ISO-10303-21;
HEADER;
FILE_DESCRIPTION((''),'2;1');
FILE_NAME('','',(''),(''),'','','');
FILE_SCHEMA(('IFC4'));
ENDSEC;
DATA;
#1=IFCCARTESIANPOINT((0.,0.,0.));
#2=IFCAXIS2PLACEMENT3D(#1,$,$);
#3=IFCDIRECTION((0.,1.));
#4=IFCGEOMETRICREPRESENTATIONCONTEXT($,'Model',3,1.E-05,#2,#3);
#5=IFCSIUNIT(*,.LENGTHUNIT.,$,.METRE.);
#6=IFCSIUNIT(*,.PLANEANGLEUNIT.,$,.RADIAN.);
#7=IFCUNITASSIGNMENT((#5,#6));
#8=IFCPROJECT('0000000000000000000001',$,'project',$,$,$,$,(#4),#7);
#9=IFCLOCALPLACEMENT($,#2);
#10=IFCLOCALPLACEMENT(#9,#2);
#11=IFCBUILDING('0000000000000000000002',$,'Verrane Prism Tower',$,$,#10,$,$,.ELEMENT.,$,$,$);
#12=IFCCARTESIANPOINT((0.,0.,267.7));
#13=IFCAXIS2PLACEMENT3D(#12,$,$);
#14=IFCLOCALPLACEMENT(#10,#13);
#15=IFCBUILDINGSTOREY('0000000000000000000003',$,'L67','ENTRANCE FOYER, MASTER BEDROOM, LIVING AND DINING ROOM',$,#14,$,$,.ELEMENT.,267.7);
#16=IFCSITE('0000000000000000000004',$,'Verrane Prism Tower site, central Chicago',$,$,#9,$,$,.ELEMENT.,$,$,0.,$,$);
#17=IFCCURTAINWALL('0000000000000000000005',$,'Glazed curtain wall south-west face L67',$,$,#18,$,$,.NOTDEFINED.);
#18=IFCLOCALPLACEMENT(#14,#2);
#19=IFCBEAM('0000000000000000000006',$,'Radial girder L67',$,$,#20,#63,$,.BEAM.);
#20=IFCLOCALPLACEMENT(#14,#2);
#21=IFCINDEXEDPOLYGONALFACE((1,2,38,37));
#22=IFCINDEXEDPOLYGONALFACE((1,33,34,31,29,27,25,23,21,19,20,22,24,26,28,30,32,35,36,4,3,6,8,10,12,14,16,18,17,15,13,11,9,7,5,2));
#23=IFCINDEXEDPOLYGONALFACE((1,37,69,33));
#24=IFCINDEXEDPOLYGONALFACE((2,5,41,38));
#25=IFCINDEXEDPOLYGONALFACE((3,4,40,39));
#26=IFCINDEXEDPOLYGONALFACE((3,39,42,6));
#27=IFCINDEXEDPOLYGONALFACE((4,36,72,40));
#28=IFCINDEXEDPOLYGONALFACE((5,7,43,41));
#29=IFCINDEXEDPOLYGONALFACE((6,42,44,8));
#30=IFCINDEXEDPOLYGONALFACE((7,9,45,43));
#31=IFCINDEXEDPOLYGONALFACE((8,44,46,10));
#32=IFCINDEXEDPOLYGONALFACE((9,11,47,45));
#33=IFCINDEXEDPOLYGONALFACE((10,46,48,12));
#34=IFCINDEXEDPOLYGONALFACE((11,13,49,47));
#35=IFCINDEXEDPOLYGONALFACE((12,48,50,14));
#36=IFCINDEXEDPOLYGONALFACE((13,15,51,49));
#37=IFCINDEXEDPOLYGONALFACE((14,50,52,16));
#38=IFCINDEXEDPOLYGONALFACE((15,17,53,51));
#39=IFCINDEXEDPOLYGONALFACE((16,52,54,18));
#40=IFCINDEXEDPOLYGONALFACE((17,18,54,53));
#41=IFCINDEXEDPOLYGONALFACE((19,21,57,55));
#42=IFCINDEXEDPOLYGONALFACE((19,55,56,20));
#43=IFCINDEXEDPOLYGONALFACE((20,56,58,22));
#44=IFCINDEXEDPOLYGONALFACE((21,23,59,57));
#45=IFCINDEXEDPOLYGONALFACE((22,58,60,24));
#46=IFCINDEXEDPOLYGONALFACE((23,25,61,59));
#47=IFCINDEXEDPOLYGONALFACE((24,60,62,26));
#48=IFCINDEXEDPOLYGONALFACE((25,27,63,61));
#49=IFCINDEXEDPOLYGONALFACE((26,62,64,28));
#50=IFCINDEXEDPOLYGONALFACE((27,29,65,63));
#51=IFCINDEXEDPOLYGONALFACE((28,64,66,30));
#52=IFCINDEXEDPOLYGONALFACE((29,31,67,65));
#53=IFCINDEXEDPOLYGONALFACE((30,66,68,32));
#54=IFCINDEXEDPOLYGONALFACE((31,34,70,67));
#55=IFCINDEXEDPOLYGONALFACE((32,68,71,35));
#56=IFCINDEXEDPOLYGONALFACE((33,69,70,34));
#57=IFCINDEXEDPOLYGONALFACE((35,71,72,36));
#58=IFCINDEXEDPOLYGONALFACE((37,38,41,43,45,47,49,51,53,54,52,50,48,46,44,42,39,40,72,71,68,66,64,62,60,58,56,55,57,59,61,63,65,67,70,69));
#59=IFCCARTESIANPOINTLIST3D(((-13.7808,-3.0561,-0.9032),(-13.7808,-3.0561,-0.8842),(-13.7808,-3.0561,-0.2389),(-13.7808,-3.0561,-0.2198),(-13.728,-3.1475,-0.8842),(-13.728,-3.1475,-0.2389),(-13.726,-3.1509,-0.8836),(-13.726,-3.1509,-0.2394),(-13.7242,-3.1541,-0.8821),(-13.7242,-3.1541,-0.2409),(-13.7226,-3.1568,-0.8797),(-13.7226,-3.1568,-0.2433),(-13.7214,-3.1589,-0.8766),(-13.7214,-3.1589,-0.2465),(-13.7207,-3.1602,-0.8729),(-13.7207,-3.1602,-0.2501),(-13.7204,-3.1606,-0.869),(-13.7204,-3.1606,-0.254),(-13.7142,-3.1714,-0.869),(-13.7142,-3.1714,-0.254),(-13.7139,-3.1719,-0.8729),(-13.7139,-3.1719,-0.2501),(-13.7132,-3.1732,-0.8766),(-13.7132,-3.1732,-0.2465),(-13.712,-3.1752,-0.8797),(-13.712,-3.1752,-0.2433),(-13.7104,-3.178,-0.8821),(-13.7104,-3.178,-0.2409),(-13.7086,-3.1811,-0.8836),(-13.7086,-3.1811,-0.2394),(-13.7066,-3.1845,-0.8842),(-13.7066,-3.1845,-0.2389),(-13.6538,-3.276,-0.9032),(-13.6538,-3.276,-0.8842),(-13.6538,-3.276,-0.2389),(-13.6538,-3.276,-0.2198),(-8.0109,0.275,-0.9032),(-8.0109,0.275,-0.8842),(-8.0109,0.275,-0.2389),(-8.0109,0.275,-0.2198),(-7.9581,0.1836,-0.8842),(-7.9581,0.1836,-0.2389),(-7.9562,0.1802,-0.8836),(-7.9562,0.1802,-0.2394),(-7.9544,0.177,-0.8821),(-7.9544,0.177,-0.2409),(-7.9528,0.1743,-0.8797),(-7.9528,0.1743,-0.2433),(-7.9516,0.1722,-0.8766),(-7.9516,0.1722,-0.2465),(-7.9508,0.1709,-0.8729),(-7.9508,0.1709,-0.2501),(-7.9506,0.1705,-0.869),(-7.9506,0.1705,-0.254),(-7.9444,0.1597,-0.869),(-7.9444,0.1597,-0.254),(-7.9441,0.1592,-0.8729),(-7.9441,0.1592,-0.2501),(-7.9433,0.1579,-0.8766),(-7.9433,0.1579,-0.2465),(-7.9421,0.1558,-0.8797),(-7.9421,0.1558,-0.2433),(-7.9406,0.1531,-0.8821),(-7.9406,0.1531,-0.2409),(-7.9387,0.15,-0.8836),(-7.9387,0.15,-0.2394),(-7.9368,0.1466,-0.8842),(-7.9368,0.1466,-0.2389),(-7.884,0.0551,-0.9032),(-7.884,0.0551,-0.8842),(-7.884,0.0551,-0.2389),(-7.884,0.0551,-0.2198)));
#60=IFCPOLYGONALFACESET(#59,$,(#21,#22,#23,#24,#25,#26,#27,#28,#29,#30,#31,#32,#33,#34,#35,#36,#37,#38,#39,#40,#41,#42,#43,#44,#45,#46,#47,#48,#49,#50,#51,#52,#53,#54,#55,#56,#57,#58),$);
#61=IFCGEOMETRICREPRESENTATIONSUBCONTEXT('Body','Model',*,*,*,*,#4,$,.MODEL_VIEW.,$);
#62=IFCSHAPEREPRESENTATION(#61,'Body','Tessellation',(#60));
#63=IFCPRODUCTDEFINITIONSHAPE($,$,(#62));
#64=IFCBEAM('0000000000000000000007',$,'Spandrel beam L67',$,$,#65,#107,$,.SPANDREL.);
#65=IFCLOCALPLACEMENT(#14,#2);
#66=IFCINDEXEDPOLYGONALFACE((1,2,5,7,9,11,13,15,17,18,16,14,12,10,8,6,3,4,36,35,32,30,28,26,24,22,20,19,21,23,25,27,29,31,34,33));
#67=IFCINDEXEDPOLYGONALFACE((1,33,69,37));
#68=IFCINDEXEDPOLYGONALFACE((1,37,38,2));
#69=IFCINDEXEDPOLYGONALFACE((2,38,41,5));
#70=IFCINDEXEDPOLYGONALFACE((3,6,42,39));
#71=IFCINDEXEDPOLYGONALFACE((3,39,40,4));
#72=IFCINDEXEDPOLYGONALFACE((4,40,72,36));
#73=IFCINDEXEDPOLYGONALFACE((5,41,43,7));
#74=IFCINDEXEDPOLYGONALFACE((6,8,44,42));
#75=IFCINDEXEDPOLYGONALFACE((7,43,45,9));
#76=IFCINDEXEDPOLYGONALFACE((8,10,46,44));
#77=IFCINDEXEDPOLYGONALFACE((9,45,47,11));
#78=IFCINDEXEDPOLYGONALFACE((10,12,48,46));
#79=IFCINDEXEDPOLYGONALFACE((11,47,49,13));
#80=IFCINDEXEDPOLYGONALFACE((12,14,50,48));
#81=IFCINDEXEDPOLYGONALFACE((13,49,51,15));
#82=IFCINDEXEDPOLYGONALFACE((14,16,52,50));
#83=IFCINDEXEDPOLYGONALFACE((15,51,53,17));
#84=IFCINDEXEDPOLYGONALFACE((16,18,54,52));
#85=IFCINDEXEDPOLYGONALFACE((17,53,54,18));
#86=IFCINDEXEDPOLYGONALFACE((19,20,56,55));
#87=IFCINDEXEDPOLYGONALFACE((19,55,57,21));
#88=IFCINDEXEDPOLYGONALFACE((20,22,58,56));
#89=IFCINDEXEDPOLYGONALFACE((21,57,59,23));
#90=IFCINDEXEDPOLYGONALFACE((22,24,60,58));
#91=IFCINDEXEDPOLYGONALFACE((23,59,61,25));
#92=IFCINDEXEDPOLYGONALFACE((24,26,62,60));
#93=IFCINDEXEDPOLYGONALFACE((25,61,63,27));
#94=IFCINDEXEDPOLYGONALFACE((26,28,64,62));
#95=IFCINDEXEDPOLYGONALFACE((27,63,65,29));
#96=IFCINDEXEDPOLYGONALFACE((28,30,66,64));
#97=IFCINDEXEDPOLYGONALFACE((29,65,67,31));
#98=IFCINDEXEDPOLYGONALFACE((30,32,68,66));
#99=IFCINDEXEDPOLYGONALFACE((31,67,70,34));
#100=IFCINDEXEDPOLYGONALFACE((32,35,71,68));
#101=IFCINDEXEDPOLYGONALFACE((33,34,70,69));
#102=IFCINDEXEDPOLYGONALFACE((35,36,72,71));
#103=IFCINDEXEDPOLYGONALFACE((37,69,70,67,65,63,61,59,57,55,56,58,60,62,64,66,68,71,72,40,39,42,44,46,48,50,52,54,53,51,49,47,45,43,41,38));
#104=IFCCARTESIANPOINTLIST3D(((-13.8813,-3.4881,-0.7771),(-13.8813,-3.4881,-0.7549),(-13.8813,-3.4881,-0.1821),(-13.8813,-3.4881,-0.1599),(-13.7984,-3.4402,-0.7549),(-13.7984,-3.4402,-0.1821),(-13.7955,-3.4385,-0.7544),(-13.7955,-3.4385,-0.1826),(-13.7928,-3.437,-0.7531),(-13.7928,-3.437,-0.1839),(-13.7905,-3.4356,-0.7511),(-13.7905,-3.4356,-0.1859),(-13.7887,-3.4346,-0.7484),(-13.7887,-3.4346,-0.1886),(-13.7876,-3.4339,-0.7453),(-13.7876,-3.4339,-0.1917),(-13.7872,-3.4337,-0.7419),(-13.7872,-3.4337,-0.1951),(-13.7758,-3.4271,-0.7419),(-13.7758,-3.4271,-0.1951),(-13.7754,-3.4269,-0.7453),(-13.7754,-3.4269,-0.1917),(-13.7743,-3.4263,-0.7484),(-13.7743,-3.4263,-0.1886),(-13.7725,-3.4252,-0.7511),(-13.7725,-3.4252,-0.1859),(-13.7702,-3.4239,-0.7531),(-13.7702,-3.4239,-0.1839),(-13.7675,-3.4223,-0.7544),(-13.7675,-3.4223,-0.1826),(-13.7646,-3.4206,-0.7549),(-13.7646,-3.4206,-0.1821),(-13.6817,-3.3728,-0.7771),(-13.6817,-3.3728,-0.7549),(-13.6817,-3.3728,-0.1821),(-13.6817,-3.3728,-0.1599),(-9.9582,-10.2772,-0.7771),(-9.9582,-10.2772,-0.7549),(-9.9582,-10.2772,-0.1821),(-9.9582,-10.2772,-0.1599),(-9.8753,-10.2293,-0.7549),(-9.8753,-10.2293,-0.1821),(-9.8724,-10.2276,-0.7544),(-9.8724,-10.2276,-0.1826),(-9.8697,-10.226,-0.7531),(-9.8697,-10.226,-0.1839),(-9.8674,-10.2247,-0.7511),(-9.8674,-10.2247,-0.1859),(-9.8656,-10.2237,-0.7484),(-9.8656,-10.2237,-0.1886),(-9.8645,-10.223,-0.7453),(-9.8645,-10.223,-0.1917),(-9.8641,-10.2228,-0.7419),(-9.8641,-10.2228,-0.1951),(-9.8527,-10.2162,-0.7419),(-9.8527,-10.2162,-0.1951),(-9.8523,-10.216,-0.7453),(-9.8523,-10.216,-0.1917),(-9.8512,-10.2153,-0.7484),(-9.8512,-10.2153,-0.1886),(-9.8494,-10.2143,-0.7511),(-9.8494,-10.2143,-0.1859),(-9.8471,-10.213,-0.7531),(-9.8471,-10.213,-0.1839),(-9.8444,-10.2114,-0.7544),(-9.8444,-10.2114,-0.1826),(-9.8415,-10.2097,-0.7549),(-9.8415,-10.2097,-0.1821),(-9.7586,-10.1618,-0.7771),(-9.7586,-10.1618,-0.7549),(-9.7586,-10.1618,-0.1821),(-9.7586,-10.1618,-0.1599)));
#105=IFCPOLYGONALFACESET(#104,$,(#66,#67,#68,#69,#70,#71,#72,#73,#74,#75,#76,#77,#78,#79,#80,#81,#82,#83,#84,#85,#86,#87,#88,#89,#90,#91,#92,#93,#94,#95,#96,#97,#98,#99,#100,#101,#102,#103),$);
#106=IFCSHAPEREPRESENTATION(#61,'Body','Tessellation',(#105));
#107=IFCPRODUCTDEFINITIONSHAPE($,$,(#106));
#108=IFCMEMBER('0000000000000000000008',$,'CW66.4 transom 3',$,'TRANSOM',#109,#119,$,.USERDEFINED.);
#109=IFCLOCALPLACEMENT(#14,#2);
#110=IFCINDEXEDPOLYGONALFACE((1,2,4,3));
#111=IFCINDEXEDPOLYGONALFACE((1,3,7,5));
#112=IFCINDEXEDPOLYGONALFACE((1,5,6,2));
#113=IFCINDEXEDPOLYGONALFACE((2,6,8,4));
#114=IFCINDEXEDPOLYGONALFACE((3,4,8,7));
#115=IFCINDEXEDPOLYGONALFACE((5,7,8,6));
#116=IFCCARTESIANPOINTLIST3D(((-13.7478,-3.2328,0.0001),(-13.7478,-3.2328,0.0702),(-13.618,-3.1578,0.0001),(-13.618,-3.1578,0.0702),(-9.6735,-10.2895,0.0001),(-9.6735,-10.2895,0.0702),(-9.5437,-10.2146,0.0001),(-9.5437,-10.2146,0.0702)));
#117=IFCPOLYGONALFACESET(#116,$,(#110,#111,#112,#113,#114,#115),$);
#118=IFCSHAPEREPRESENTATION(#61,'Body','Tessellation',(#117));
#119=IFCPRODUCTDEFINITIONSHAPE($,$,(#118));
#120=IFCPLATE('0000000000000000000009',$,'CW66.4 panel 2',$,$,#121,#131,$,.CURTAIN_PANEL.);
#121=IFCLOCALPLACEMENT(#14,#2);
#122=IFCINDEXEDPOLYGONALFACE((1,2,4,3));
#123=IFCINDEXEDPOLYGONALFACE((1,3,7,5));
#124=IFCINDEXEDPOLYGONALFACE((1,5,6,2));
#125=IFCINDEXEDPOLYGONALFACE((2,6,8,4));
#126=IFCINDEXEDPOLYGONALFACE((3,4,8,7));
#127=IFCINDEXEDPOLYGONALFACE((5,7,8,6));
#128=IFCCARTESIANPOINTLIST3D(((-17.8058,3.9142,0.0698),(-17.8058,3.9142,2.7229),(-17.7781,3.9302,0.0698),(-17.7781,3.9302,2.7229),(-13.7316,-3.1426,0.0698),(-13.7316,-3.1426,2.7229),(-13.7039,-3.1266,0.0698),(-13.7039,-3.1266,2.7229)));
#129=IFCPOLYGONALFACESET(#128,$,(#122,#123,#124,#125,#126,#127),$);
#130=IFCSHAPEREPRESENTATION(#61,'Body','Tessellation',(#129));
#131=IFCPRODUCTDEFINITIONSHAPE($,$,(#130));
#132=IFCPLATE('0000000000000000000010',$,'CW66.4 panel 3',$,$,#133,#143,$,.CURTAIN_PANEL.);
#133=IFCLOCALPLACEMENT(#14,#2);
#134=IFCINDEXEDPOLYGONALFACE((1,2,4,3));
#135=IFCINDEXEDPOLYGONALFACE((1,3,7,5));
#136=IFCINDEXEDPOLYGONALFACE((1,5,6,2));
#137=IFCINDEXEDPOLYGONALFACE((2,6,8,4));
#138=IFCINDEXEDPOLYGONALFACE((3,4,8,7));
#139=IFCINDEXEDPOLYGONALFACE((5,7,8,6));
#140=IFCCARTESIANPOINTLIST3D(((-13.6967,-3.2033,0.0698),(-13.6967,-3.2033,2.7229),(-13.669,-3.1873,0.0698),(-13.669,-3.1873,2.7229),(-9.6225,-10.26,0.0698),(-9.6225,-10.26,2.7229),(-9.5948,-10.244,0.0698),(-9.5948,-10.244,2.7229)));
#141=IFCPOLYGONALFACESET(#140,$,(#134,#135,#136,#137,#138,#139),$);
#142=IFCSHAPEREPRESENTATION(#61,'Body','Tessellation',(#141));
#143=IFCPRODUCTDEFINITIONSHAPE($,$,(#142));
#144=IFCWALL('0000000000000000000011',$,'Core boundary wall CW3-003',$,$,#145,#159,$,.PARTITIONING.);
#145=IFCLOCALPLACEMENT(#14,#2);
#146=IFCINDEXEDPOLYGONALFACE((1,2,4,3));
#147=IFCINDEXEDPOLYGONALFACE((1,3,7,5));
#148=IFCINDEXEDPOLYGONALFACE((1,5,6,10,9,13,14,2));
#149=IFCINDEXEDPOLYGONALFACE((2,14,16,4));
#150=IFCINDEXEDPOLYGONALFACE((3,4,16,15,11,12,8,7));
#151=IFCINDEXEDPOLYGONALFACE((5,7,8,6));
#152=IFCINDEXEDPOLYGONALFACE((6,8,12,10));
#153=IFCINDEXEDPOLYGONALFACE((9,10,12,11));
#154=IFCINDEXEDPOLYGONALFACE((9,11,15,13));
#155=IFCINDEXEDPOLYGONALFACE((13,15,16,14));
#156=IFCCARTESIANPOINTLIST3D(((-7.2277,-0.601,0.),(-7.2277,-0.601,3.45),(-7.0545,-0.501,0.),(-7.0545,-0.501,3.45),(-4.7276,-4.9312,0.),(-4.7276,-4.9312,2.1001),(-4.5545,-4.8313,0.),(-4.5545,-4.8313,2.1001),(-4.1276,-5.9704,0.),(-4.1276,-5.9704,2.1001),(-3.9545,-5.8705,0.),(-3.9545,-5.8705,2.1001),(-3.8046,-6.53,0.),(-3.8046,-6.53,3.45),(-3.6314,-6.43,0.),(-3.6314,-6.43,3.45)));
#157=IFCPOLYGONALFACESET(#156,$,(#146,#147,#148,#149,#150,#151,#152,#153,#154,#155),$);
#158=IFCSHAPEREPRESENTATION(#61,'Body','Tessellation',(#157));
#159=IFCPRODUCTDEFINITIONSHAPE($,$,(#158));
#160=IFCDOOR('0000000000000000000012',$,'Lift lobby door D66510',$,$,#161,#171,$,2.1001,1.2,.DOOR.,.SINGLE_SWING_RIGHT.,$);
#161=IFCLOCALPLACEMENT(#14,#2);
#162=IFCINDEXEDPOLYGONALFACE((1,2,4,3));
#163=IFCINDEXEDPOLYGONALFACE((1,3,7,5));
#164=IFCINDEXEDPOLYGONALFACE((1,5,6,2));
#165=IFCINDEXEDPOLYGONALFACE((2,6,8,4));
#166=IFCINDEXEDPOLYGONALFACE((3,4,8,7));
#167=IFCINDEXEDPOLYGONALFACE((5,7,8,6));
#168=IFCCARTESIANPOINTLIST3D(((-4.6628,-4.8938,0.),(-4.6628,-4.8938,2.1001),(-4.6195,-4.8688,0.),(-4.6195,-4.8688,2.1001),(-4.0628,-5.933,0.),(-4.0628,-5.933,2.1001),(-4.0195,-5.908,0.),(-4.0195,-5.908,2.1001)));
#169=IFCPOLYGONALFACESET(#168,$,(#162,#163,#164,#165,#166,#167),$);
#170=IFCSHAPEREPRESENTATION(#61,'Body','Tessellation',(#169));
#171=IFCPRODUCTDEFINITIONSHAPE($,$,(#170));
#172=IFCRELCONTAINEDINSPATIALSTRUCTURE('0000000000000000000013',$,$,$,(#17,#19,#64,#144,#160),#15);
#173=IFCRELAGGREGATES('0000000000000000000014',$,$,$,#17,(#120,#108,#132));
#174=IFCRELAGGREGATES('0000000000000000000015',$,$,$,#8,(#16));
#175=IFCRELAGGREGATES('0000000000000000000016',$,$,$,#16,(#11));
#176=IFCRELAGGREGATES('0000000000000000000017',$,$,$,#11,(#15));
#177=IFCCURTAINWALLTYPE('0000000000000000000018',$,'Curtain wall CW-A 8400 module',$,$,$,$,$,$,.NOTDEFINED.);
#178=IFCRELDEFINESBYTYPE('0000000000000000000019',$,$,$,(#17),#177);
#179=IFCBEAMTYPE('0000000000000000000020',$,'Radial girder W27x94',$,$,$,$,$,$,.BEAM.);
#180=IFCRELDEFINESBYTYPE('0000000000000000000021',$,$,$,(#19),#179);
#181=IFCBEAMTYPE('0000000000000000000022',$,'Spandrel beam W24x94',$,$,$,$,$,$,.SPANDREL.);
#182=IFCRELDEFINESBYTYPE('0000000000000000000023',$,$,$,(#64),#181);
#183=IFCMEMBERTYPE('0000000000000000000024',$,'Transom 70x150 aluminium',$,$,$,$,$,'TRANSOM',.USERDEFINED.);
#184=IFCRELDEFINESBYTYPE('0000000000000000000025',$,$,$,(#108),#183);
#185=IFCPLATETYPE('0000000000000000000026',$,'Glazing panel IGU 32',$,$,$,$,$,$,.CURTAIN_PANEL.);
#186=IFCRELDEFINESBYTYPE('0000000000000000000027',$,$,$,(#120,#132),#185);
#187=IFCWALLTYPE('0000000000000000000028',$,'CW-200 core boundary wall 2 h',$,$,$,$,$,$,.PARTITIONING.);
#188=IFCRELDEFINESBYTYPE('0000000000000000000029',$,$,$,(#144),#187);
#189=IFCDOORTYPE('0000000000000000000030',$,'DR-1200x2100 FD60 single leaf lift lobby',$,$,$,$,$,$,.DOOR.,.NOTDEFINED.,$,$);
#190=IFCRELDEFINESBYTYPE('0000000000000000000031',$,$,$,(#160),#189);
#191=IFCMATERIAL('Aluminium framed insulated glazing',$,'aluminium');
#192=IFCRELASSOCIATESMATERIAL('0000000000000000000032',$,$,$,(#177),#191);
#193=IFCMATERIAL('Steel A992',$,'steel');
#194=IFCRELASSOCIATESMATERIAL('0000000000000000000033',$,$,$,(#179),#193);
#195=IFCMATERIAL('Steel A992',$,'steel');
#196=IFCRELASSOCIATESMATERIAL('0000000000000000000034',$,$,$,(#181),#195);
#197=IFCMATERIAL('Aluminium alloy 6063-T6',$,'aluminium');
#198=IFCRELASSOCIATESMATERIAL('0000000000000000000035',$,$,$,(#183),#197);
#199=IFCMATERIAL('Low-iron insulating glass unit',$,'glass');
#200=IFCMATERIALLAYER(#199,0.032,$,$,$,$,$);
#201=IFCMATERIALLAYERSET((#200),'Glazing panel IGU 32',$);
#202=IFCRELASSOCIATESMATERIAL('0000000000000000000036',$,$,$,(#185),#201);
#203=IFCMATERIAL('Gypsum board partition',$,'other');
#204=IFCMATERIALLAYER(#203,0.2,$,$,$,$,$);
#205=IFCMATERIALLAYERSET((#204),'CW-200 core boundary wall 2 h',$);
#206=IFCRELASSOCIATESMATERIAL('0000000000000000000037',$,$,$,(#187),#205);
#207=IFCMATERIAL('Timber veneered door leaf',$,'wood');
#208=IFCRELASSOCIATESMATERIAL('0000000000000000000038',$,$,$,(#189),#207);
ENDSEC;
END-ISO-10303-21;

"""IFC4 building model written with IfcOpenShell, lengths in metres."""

from ifc_helpers import new_model, si_unit, direction, frame, frame_2d, origin, origin_2d, place, context, subcontext, project, spatial, rectangle, i_section, extrude, material, layer, layer_set, material_profile, profile_set, type_object, element, fill, aggregate, save


model = new_model("IFC4")

# Units and contexts
model_context = context("Model", 3, precision=1e-05, world=origin(), true_north=direction((0.0, 1.0)))
body_context = subcontext(model_context, "Body", "Model", "MODEL_VIEW")
ifc_project = project(units=[si_unit("LENGTHUNIT", "METRE"), si_unit("PLANEANGLEUNIT", "RADIAN")], contexts=[model_context])

# Site, building, storey
site_placement = place(None, origin())
site = spatial("IfcSite", under=ifc_project, at=site_placement, Name="Verrane Prism Tower site, central Chicago", CompositionType="ELEMENT", RefElevation=0.0)
building_placement = place(site_placement, origin())
building = spatial("IfcBuilding", under=site, at=building_placement, Name="Verrane Prism Tower", CompositionType="ELEMENT")
storey_placement = place(building_placement, frame((0.0, 0.0, 267.7)))
storey = spatial("IfcBuildingStorey", under=building, at=storey_placement, Name="L67", Description="ENTRANCE FOYER, MASTER BEDROOM, LIVING AND DINING ROOM", CompositionType="ELEMENT", Elevation=267.7)

# Curtain wall
ifc_material_1 = material(Name="Aluminium framed insulated glazing", Category="aluminium")
curtain_wall_type = type_object("IfcCurtainWallType", Name="Curtain wall CW-A 8400 module", PredefinedType="NOTDEFINED", material=ifc_material_1)
curtain_wall_placement = place(storey_placement, origin())
curtain_wall = element("IfcCurtainWall", 1, at=curtain_wall_placement, inside=storey, type_object=curtain_wall_type, Name="Glazed curtain wall south-west face L67", PredefinedType="NOTDEFINED")

# Beams
ifc_material_2 = material(Name="Steel A992", Category="steel")
ifc_material_profile_1 = material_profile(ifc_material_2, i_section(OverallWidth=0.2539, OverallDepth=0.6833, WebThickness=0.0125, FlangeThickness=0.019, FilletRadius=0.0151, at=origin_2d()), Name="W27x94")
ifc_profile_set_1 = profile_set([ifc_material_profile_1], Name="Steel A992")
beam_type_1 = type_object("IfcBeamType", Name="Radial girder W27x94", PredefinedType="BEAM", material=ifc_profile_set_1)
beam_1_placement = place(storey_placement, frame((-13.7173, -3.166, -0.5615), z_axis=(0.866034, 0.499986, 0.0), x_axis=(-0.499986, 0.866034, 0.0)))
element("IfcBeam", 2, at=beam_1_placement, inside=storey, type_object=beam_type_1, Name="Radial girder L67", PredefinedType="BEAM", context=body_context, shape_type="SweptSolid", body=[
    extrude(i_section(OverallWidth=0.2539, OverallDepth=0.6833, WebThickness=0.0125, FlangeThickness=0.019, FilletRadius=0.0151, at=origin_2d()), origin(), (0.0, 0.0, 1.0), 6.6624),
])
ifc_material_3 = material(Name="Steel A992", Category="steel")
ifc_material_profile_2 = material_profile(ifc_material_3, i_section(OverallWidth=0.2305, OverallDepth=0.6172, WebThickness=0.0132, FlangeThickness=0.0222, FilletRadius=0.0129, at=origin_2d()), Name="W24x94")
ifc_profile_set_2 = profile_set([ifc_material_profile_2], Name="Steel A992")
beam_type_2 = type_object("IfcBeamType", Name="Spandrel beam W24x94", PredefinedType="SPANDREL", material=ifc_profile_set_2)
beam_2_placement = place(storey_placement, frame((-13.7815, -3.4304, -0.4685), z_axis=(0.500328, -0.865836, 0.0), x_axis=(0.865836, 0.500328, 0.0)))
element("IfcBeam", 3, at=beam_2_placement, inside=storey, type_object=beam_type_2, Name="Spandrel beam L67", PredefinedType="SPANDREL", context=body_context, shape_type="SweptSolid", body=[
    extrude(i_section(OverallWidth=0.2305, OverallDepth=0.6172, WebThickness=0.0132, FlangeThickness=0.0222, FilletRadius=0.0129, at=origin_2d()), origin(), (0.0, 0.0, 1.0), 7.8411),
])

# Member
ifc_material_4 = material(Name="Aluminium alloy 6063-T6", Category="aluminium")
ifc_material_profile_3 = material_profile(ifc_material_4, rectangle(XDim=0.1499, YDim=0.0701, at=origin_2d()), Name="Transom 70x150 aluminium")
ifc_profile_set_3 = profile_set([ifc_material_profile_3], Name="Aluminium alloy 6063-T6")
member_type_1 = type_object("IfcMemberType", Name="Transom 70x150 aluminium", ElementType="TRANSOM", PredefinedType="USERDEFINED", material=ifc_profile_set_3)
member_1_placement = place(storey_placement, frame((-13.6829, -3.1953, 0.0352), z_axis=(0.500006, -0.866022, 0.0), x_axis=(0.866022, 0.500006, 0.0)))
member_1 = element("IfcMember", 4, at=member_1_placement, type_object=member_type_1, Name="CW66.4 transom 3", ObjectType="TRANSOM", PredefinedType="USERDEFINED", context=body_context, shape_type="SweptSolid", body=[
    extrude(rectangle(XDim=0.1499, YDim=0.0701, at=origin_2d()), origin(), (0.0, 0.0, 1.0), 8.1484),
])

# Plates
ifc_material_5 = material(Name="Low-iron insulating glass unit", Category="glass")
ifc_layer_1 = layer(ifc_material_5, 0.032)
ifc_layer_set_1 = layer_set([ifc_layer_1], Name="Glazing panel IGU 32")
plate_type = type_object("IfcPlateType", Name="Glazing panel IGU 32", PredefinedType="CURTAIN_PANEL", material=ifc_layer_set_1)
plate_1_placement = place(storey_placement, frame((-15.7549, 0.3938, 0.0698), z_axis=(0.0, 0.0, 1.0), x_axis=(0.500001, -0.866025, 0.0)))
plate_1 = element("IfcPlate", 5, at=plate_1_placement, type_object=plate_type, Name="CW66.4 panel 2", PredefinedType="CURTAIN_PANEL", context=body_context, shape_type="SweptSolid", body=[
    extrude(rectangle(XDim=8.1484, YDim=0.032, at=origin_2d()), origin(), (0.0, 0.0, 1.0), 2.6531),
])
plate_2_placement = place(storey_placement, frame((-11.6458, -6.7236, 0.0698), z_axis=(0.0, 0.0, 1.0), x_axis=(0.500001, -0.866025, 0.0)))
plate_2 = element("IfcPlate", 6, at=plate_2_placement, type_object=plate_type, Name="CW66.4 panel 3", PredefinedType="CURTAIN_PANEL", context=body_context, shape_type="SweptSolid", body=[
    extrude(rectangle(XDim=8.1484, YDim=0.032, at=origin_2d()), origin(), (0.0, 0.0, 1.0), 2.6531),
])
aggregate(curtain_wall, [plate_1, member_1, plate_2])

# Wall, opening, door
ifc_material_6 = material(Name="Gypsum board partition", Category="other")
ifc_layer_2 = layer(ifc_material_6, 0.2)
ifc_layer_set_2 = layer_set([ifc_layer_2], Name="CW-200 core boundary wall 2 h")
wall_type_1 = type_object("IfcWallType", Name="CW-200 core boundary wall 2 h", PredefinedType="PARTITIONING", material=ifc_layer_set_2)
wall_1_placement = place(storey_placement, frame((-7.1411, -0.551, 0.0), z_axis=(0.0, 0.0, 1.0), x_axis=(0.500001, -0.866025, 0.0)))
wall_1 = element("IfcWall", 7, at=wall_1_placement, inside=storey, type_object=wall_type_1, Name="Core boundary wall CW3-003", PredefinedType="PARTITIONING", context=body_context, shape_type="SweptSolid", body=[
    extrude(rectangle(XDim=6.8462, YDim=0.2, at=frame_2d((3.4231, 0.0))), origin(), (0.0, 0.0, 1.0), 3.45),
])
opening_1_placement = place(wall_1_placement, frame((5.0, 0.0, 0.0)))
opening_1 = element("IfcOpeningElement", 8, at=opening_1_placement, cuts=wall_1, PredefinedType="OPENING", context=body_context, shape_type="SweptSolid", body=[
    extrude(rectangle(XDim=1.2, YDim=2.1001, at=frame_2d((0.6001, 1.05))), frame((0.0, 0.1099, 0.0), z_axis=(0.0, -1.0, 0.0), x_axis=(1.0, 0.0, 0.0)), (0.0, 0.0, 1.0), 0.22),
])
ifc_material_7 = material(Name="Timber veneered door leaf", Category="wood")
door_type_1 = type_object("IfcDoorType", Name="DR-1200x2100 FD60 single leaf lift lobby", OperationType="NOTDEFINED", PredefinedType="DOOR", material=ifc_material_7)
door_1_placement = place(opening_1_placement, origin())
door_1 = element("IfcDoor", 9, at=door_1_placement, inside=storey, type_object=door_type_1, Name="Lift lobby door D66510", OperationType="SINGLE_SWING_RIGHT", OverallHeight=2.1001, OverallWidth=1.2, PredefinedType="DOOR", context=body_context, shape_type="SweptSolid", body=[
    extrude(rectangle(XDim=1.2, YDim=2.1001, at=frame_2d((0.6001, 1.05))), frame((0.0, 0.0249, 0.0), z_axis=(0.0, -1.0, 0.0), x_axis=(1.0, 0.0, 0.0)), (0.0, 0.0, 1.0), 0.05),
])
fill(opening_1, door_1)

save(model, "model.ifc")
